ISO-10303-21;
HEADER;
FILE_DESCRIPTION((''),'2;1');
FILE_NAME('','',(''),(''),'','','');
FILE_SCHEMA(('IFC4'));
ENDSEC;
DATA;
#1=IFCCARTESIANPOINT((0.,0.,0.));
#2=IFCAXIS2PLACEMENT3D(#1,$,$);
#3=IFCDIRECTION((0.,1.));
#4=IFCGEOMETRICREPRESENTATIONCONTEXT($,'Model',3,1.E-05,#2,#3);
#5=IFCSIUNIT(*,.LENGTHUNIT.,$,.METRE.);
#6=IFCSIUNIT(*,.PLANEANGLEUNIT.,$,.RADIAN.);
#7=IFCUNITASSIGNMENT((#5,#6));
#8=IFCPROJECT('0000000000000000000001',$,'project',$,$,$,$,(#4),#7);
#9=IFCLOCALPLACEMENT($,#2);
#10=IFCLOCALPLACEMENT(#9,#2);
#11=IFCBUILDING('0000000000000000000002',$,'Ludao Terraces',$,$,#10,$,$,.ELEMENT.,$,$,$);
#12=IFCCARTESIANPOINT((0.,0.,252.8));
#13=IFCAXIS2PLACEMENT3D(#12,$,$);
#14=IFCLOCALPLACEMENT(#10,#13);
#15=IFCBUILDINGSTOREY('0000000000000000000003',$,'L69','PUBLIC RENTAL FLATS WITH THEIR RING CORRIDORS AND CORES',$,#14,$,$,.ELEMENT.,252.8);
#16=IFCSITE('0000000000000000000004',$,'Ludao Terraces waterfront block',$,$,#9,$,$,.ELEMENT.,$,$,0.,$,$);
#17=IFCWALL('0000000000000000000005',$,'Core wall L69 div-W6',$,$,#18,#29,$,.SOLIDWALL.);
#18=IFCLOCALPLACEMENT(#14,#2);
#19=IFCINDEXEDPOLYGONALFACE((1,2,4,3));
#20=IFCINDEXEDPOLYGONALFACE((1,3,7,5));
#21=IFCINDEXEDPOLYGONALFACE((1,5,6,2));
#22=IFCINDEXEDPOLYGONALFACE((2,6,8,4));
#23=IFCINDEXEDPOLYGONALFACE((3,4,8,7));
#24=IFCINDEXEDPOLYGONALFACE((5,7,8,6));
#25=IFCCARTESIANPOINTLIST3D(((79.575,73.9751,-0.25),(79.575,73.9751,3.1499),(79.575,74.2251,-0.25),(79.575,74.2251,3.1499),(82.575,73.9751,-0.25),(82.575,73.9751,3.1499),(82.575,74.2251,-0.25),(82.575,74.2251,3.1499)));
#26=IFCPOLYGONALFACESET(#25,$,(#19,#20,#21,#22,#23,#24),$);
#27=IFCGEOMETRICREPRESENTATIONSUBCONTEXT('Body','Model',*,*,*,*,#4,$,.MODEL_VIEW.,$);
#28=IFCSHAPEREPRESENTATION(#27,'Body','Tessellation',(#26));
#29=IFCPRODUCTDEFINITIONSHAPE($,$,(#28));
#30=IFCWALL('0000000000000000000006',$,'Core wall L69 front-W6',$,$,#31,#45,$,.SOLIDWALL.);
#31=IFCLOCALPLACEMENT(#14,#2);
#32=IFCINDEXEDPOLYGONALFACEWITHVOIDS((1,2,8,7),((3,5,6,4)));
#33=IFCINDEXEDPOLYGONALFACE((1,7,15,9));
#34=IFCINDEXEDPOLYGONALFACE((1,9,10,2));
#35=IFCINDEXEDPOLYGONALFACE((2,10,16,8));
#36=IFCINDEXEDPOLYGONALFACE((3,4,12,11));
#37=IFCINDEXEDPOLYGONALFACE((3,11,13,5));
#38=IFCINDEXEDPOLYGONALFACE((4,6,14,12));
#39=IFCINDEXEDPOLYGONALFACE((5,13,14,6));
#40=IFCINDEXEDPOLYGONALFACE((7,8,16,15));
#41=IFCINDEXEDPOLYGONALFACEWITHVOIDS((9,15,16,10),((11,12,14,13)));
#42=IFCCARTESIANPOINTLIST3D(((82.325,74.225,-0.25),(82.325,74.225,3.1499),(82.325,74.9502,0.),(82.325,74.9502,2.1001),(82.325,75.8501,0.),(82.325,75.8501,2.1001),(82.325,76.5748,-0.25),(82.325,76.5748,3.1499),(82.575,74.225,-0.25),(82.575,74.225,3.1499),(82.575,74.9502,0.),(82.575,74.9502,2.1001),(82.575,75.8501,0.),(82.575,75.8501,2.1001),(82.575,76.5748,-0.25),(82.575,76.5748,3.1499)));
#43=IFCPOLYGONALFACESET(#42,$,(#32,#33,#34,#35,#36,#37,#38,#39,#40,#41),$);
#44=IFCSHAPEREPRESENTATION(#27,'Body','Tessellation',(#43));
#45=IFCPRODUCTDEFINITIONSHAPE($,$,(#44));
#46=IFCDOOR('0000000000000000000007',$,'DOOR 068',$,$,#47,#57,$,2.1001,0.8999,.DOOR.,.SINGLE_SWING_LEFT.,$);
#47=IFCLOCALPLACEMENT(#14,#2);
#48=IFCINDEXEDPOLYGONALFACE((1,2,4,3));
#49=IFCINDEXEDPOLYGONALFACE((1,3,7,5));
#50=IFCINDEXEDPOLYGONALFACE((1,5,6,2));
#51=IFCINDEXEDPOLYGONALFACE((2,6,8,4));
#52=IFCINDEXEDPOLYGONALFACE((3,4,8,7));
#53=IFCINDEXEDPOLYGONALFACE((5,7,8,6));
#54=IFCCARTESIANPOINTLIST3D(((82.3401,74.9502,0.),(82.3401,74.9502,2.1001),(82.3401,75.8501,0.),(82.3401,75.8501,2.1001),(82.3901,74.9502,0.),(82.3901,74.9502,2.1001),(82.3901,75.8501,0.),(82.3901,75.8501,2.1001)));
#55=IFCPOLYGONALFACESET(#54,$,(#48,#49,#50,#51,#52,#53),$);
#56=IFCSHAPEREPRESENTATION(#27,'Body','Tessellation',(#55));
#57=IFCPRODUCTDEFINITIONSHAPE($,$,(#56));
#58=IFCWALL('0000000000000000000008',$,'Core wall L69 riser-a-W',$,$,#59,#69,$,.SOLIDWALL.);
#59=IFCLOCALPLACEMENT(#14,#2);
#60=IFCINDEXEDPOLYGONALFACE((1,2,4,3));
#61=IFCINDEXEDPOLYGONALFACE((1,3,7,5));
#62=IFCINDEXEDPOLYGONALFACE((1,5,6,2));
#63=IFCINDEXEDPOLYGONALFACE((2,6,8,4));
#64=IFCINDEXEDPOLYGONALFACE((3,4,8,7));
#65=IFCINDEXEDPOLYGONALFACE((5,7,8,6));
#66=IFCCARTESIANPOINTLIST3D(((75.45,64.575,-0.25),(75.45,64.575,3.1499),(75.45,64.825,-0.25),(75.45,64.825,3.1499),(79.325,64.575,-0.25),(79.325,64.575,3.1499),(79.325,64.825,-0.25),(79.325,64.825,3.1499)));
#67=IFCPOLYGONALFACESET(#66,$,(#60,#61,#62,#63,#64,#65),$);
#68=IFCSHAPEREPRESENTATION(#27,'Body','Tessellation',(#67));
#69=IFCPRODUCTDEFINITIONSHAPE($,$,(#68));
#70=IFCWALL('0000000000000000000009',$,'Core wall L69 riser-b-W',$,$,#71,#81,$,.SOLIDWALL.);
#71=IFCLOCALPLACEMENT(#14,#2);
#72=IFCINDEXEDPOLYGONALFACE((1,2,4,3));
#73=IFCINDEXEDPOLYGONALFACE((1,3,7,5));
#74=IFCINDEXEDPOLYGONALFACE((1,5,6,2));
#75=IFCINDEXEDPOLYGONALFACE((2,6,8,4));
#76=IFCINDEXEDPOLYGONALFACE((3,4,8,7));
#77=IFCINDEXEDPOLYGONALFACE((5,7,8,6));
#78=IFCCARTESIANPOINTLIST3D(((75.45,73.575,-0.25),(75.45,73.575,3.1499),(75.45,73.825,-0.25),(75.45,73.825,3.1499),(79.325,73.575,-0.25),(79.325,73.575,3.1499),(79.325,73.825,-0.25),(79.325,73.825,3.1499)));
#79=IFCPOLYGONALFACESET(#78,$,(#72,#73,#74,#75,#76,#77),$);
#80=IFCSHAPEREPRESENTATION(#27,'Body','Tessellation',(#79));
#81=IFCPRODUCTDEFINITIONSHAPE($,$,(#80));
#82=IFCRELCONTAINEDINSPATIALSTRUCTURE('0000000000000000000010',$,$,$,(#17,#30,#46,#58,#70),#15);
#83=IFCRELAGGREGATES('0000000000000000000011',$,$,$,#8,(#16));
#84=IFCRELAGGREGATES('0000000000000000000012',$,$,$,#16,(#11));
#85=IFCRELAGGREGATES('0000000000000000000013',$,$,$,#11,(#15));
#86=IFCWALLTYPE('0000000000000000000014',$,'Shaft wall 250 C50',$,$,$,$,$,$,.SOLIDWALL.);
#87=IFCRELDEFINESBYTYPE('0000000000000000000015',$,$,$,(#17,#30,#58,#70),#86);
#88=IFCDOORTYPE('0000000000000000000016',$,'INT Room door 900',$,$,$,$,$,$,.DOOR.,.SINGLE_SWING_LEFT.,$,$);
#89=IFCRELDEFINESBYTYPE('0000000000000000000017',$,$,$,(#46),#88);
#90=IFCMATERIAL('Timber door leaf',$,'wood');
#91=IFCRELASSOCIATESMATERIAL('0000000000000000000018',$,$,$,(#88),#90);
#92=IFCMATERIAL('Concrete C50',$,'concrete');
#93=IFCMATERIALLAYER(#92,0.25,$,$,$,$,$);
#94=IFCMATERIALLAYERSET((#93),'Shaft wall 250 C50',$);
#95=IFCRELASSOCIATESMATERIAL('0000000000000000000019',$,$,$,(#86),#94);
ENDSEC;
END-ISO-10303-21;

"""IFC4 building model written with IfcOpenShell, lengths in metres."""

from ifc_helpers import new_model, si_unit, direction, frame, frame_2d, origin, place, context, subcontext, project, spatial, rectangle, extrude, material, layer, layer_set, type_object, element, fill, save


model = new_model("IFC4")

# Units and contexts
model_context = context("Model", 3, precision=1e-05, world=origin(), true_north=direction((0.0, 1.0)))
body_context = subcontext(model_context, "Body", "Model", "MODEL_VIEW")
ifc_project = project(units=[si_unit("LENGTHUNIT", "METRE"), si_unit("PLANEANGLEUNIT", "RADIAN")], contexts=[model_context])

# Site, building, storey
site_placement = place(None, origin())
site = spatial("IfcSite", under=ifc_project, at=site_placement, Name="Ludao Terraces waterfront block", CompositionType="ELEMENT", RefElevation=0.0)
building_placement = place(site_placement, origin())
building = spatial("IfcBuilding", under=site, at=building_placement, Name="Ludao Terraces", CompositionType="ELEMENT")
storey_placement = place(building_placement, frame((0.0, 0.0, 252.8)))
storey = spatial("IfcBuildingStorey", under=building, at=storey_placement, Name="L69", Description="PUBLIC RENTAL FLATS WITH THEIR RING CORRIDORS AND CORES", CompositionType="ELEMENT", Elevation=252.8)

# Shared definitions
ifc_material_1 = material(Name="Timber door leaf", Category="wood")
door_type_1 = type_object("IfcDoorType", Name="INT Room door 900", OperationType="SINGLE_SWING_LEFT", PredefinedType="DOOR", material=ifc_material_1)

# Shared definitions
ifc_material_2 = material(Name="Concrete C50", Category="concrete")
ifc_layer_1 = layer(ifc_material_2, 0.25)
ifc_layer_set_1 = layer_set([ifc_layer_1], Name="Shaft wall 250 C50")
wall_type_1 = type_object("IfcWallType", Name="Shaft wall 250 C50", PredefinedType="SOLIDWALL", material=ifc_layer_set_1)

# Wall
wall_1_placement = place(storey_placement, frame((79.575, 74.1001, -0.25), z_axis=(0.0, 0.0, 1.0), x_axis=(1.0, 0.0, 0.0)))
element("IfcWall", 1, at=wall_1_placement, inside=storey, type_object=wall_type_1, Name="Core wall L69 div-W6", PredefinedType="SOLIDWALL", context=body_context, shape_type="SweptSolid", body=[
    extrude(rectangle(XDim=3.0, YDim=0.25, at=frame_2d((1.5, 0.0))), origin(), (0.0, 0.0, 1.0), 3.3999),
])

# Wall, opening, door
wall_2_placement = place(storey_placement, frame((82.45, 74.2251, -0.25), z_axis=(0.0, 0.0, 1.0), x_axis=(0.0, 1.0, 0.0)))
wall_2 = element("IfcWall", 2, at=wall_2_placement, inside=storey, type_object=wall_type_1, Name="Core wall L69 front-W6", PredefinedType="SOLIDWALL", context=body_context, shape_type="SweptSolid", body=[
    extrude(rectangle(XDim=2.3499, YDim=0.25, at=frame_2d((1.1748, 0.0))), origin(), (0.0, 0.0, 1.0), 3.3999),
])
opening_1_placement = place(wall_2_placement, frame((0.7251, 0.0, 0.25)))
opening_1 = element("IfcOpeningElement", 3, at=opening_1_placement, cuts=wall_2, PredefinedType="OPENING", context=body_context, shape_type="SweptSolid", body=[
    extrude(rectangle(XDim=0.8999, YDim=2.1001, at=frame_2d((0.45, 1.05))), frame((0.0, 0.135, 0.0), z_axis=(0.0, -1.0, 0.0), x_axis=(1.0, 0.0, 0.0)), (0.0, 0.0, 1.0), 0.27),
])
door_1_placement = place(opening_1_placement, origin())
door_1 = element("IfcDoor", 4, at=door_1_placement, inside=storey, type_object=door_type_1, Name="DOOR 068", OperationType="SINGLE_SWING_LEFT", OverallHeight=2.1001, OverallWidth=0.8999, PredefinedType="DOOR", context=body_context, shape_type="SweptSolid", body=[
    extrude(rectangle(XDim=0.8999, YDim=2.1001, at=frame_2d((0.45, 1.05))), frame((0.0, 0.1099, 0.0), z_axis=(0.0, -1.0, 0.0), x_axis=(1.0, 0.0, 0.0)), (0.0, 0.0, 1.0), 0.05),
])
fill(opening_1, door_1)

# Walls
for number, where, z_axis, x_axis, name in (
    (5, (75.45, 64.7, -0.25), (0.0, 0.0, 1.0), (1.0, 0.0, 0.0), "Core wall L69 riser-a-W"),
    (6, (75.45, 73.7, -0.25), (0.0, 0.0, 1.0), (1.0, 0.0, 0.0), "Core wall L69 riser-b-W"),
):
    element("IfcWall", number, at=place(storey_placement, frame(where, z_axis=z_axis, x_axis=x_axis)), inside=storey, type_object=wall_type_1, Name=name, PredefinedType="SOLIDWALL", context=body_context, shape_type="SweptSolid", body=[
        extrude(rectangle(XDim=3.875, YDim=0.25, at=frame_2d((1.9375, 0.0))), origin(), (0.0, 0.0, 1.0), 3.3999),
    ])

save(model, "model.ifc")
